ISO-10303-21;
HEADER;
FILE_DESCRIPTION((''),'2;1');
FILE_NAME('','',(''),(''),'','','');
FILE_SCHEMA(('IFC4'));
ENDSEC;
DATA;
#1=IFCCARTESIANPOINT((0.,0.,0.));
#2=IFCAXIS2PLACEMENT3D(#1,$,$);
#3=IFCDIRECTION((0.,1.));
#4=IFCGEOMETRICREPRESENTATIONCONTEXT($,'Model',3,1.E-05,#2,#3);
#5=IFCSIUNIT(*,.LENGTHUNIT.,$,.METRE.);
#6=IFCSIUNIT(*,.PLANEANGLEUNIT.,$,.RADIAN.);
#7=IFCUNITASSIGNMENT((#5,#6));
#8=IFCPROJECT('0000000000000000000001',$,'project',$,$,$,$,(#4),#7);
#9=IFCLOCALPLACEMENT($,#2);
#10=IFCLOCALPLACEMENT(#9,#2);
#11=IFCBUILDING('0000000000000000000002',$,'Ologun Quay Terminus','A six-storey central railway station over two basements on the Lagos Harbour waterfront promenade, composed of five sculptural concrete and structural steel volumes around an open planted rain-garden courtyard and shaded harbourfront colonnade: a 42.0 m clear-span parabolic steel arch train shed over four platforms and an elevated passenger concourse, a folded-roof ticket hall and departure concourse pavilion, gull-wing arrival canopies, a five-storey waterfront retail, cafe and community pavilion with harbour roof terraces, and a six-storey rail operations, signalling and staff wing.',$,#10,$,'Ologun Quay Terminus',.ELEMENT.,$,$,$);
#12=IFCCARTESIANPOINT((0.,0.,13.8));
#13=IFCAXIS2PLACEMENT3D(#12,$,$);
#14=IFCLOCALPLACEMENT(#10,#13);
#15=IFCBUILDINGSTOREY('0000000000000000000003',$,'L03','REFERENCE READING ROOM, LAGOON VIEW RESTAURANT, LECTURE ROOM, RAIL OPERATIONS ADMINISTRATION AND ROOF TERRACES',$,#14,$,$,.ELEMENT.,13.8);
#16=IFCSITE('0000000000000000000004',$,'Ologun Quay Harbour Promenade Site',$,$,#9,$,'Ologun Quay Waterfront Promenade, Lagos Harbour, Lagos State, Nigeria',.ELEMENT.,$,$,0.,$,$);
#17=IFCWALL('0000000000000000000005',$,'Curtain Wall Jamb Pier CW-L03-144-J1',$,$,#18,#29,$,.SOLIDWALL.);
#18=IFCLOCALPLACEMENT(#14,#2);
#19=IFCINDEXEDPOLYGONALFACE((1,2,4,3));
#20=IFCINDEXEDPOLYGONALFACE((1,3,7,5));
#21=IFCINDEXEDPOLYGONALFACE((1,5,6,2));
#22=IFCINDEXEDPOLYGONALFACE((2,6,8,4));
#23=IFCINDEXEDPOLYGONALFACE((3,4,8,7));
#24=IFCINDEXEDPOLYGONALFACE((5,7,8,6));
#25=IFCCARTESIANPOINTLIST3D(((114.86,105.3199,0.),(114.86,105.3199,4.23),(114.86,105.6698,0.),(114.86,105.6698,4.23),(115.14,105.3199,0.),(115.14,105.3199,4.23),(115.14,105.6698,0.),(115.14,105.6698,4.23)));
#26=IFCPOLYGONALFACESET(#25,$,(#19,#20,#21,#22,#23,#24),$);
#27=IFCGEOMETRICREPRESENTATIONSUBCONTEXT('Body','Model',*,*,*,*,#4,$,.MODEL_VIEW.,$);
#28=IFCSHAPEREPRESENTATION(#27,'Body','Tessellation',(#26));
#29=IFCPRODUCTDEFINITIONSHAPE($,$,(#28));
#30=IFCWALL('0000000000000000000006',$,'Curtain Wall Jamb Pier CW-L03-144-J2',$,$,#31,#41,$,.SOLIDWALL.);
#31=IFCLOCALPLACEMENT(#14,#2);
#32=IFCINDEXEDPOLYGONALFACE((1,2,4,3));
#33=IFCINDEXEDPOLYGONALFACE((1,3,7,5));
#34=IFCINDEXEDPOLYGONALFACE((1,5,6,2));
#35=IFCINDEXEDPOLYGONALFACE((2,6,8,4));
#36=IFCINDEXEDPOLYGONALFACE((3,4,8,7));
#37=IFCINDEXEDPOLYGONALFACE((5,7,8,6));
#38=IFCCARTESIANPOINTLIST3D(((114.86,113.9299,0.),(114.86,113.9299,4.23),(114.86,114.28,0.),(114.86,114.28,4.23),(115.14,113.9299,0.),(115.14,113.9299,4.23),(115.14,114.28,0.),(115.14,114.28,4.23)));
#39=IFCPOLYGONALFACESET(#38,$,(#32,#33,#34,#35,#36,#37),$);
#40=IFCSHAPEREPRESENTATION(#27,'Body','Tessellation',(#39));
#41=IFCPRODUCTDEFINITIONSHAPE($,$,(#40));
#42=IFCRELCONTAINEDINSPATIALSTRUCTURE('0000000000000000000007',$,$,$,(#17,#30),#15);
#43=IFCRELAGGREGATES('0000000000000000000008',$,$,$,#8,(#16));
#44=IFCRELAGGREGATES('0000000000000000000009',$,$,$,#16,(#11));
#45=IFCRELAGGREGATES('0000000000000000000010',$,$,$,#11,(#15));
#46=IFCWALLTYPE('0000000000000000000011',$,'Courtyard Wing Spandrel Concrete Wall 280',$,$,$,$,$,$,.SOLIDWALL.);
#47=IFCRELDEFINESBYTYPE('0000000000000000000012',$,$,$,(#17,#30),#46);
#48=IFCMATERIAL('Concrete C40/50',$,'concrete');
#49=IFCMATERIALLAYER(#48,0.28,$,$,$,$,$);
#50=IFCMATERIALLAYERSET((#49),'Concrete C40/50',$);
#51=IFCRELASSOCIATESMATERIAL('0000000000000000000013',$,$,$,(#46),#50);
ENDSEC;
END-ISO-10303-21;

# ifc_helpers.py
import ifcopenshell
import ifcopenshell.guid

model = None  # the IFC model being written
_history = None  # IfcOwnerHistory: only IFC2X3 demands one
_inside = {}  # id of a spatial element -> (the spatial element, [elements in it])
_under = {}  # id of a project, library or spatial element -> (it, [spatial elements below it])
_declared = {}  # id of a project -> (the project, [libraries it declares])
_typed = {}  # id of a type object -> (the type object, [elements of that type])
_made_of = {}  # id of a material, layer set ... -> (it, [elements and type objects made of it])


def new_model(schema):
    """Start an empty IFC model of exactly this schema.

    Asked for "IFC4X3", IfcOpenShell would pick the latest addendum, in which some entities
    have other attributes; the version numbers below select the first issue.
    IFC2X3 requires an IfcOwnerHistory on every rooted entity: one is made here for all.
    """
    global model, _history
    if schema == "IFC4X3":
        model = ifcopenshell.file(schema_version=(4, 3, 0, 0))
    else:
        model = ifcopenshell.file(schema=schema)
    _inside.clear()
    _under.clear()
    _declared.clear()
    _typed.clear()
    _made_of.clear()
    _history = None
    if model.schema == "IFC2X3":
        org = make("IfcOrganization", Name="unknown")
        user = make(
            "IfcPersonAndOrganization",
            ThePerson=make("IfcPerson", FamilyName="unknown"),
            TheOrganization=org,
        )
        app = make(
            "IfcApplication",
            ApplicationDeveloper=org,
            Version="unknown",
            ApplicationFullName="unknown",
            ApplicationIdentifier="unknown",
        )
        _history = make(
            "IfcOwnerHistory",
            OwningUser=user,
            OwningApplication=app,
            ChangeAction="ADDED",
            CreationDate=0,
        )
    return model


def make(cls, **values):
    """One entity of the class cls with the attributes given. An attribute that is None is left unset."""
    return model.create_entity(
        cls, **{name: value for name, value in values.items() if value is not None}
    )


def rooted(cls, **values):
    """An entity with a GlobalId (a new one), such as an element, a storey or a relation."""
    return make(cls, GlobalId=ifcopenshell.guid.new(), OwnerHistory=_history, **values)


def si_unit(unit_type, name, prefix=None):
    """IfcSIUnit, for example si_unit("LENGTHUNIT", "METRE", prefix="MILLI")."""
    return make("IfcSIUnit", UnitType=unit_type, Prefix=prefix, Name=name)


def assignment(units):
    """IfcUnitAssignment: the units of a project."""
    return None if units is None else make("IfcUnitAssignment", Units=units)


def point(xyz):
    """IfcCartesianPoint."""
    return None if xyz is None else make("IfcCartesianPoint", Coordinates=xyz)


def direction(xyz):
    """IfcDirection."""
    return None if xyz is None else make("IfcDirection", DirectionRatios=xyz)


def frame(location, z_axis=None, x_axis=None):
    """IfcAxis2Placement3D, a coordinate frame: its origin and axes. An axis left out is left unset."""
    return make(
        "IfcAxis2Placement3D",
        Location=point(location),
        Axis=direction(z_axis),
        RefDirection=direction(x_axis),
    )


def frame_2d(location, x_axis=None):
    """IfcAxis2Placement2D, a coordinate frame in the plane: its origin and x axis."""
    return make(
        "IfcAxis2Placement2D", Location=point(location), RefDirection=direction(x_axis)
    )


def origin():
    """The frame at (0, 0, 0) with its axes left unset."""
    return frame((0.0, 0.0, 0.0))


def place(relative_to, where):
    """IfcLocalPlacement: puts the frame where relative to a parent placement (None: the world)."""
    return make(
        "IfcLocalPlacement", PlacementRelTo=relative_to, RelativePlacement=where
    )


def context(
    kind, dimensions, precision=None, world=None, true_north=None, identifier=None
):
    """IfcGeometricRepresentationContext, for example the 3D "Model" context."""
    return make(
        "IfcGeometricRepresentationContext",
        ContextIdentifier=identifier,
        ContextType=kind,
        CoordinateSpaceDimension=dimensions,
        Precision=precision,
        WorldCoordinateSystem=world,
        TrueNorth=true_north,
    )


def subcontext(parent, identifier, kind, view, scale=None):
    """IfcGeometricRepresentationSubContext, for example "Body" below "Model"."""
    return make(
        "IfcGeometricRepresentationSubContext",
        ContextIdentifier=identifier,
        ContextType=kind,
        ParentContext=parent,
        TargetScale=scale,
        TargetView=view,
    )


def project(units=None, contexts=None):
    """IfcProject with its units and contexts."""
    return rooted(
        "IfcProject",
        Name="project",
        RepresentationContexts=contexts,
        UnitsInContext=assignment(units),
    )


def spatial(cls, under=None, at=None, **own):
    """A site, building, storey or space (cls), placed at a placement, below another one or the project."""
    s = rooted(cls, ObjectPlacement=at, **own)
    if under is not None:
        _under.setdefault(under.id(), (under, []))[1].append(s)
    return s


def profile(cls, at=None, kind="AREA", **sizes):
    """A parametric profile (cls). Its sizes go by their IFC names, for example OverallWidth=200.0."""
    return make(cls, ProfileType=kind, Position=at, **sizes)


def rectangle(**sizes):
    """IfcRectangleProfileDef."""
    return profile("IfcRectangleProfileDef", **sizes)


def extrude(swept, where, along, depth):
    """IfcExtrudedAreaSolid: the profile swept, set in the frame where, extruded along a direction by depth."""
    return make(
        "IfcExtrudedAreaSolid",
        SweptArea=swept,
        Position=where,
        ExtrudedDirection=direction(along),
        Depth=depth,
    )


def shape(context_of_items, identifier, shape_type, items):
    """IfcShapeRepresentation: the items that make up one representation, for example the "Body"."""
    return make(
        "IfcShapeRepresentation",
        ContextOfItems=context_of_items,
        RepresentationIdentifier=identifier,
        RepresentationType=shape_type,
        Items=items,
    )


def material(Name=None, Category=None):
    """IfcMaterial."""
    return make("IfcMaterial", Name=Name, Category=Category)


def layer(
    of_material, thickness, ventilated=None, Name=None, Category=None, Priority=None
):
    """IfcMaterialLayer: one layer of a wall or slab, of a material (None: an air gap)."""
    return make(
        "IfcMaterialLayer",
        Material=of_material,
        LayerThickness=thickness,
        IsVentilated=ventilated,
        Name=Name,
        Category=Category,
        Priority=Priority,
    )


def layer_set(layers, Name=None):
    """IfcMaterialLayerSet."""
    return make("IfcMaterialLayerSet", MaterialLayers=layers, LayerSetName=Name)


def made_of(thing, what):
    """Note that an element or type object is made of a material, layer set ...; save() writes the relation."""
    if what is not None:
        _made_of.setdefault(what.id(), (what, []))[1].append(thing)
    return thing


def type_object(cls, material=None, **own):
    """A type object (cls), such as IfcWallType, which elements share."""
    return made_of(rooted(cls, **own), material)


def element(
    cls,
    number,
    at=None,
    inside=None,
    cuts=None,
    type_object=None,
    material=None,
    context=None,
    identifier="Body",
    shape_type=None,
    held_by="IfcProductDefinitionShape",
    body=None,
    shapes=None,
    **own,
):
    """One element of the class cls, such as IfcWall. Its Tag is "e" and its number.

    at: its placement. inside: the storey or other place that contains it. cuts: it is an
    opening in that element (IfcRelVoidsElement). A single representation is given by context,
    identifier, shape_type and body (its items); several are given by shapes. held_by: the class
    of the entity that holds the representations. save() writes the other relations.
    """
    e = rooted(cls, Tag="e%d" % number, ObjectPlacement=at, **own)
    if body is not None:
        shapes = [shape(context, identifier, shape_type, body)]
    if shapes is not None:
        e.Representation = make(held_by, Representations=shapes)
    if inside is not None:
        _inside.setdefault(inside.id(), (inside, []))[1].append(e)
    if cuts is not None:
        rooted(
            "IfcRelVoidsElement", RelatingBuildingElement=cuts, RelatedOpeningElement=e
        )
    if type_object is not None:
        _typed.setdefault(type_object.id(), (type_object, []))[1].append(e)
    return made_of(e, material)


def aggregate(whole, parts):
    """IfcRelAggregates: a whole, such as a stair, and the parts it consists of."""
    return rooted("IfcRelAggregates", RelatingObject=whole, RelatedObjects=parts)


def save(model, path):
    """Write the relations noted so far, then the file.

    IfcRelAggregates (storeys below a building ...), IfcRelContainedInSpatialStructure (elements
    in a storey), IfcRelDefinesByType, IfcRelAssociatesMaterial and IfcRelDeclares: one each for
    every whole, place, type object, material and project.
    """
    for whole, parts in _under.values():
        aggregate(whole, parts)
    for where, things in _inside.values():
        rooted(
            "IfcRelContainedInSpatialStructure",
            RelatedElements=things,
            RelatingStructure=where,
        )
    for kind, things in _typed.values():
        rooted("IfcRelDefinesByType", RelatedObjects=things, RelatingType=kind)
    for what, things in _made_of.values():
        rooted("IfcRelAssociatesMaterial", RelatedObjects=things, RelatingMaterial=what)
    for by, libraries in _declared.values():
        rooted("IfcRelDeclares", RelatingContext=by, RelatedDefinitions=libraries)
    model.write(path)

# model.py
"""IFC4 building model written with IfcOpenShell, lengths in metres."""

from ifc_helpers import new_model, si_unit, direction, frame, frame_2d, origin, place, context, subcontext, project, spatial, rectangle, extrude, material, layer, layer_set, type_object, element, save


model = new_model("IFC4")

# Units and contexts
model_context = context("Model", 3, precision=1e-05, world=origin(), true_north=direction((0.0, 1.0)))
body_context = subcontext(model_context, "Body", "Model", "MODEL_VIEW")
ifc_project = project(units=[si_unit("LENGTHUNIT", "METRE"), si_unit("PLANEANGLEUNIT", "RADIAN")], contexts=[model_context])

# Site, building, storey
site_placement = place(None, origin())
site = spatial("IfcSite", under=ifc_project, at=site_placement, Name="Ologun Quay Harbour Promenade Site", LongName="Ologun Quay Waterfront Promenade, Lagos Harbour, Lagos State, Nigeria", CompositionType="ELEMENT", RefElevation=0.0)
building_placement = place(site_placement, origin())
building = spatial("IfcBuilding", under=site, at=building_placement, Name="Ologun Quay Terminus", Description="A six-storey central railway station over two basements on the Lagos Harbour waterfront promenade, composed of five sculptural concrete and structural steel volumes around an open planted rain-garden courtyard and shaded harbourfront colonnade: a 42.0 m clear-span parabolic steel arch train shed over four platforms and an elevated passenger concourse, a folded-roof ticket hall and departure concourse pavilion, gull-wing arrival canopies, a five-storey waterfront retail, cafe and community pavilion with harbour roof terraces, and a six-storey rail operations, signalling and staff wing.", LongName="Ologun Quay Terminus", CompositionType="ELEMENT")
storey_placement = place(building_placement, frame((0.0, 0.0, 13.8)))
storey = spatial("IfcBuildingStorey", under=building, at=storey_placement, Name="L03", Description="REFERENCE READING ROOM, LAGOON VIEW RESTAURANT, LECTURE ROOM, RAIL OPERATIONS ADMINISTRATION AND ROOF TERRACES", CompositionType="ELEMENT", Elevation=13.8)

# Walls
ifc_material_1 = material(Name="Concrete C40/50", Category="concrete")
ifc_layer_1 = layer(ifc_material_1, 0.28)
ifc_layer_set_1 = layer_set([ifc_layer_1], Name="Concrete C40/50")
wall_type = type_object("IfcWallType", Name="Courtyard Wing Spandrel Concrete Wall 280", PredefinedType="SOLIDWALL", material=ifc_layer_set_1)
wall_1_placement = place(storey_placement, frame((115.0, 105.3201, 0.0), z_axis=(0.0, 0.0, 1.0), x_axis=(0.0, 1.0, 0.0)))
element("IfcWall", 1, at=wall_1_placement, inside=storey, type_object=wall_type, Name="Curtain Wall Jamb Pier CW-L03-144-J1", PredefinedType="SOLIDWALL", context=body_context, shape_type="SweptSolid", body=[
    extrude(rectangle(XDim=0.3499, YDim=0.28, at=frame_2d((0.1748, 0.0))), origin(), (0.0, 0.0, 1.0), 4.23),
])
wall_2_placement = place(storey_placement, frame((115.0, 113.9299, 0.0), z_axis=(0.0, 0.0, 1.0), x_axis=(0.0, 1.0, 0.0)))
element("IfcWall", 2, at=wall_2_placement, inside=storey, type_object=wall_type, Name="Curtain Wall Jamb Pier CW-L03-144-J2", PredefinedType="SOLIDWALL", context=body_context, shape_type="SweptSolid", body=[
    extrude(rectangle(XDim=0.3501, YDim=0.28, at=frame_2d((0.175, 0.0))), origin(), (0.0, 0.0, 1.0), 4.23),
])

save(model, "model.ifc")
